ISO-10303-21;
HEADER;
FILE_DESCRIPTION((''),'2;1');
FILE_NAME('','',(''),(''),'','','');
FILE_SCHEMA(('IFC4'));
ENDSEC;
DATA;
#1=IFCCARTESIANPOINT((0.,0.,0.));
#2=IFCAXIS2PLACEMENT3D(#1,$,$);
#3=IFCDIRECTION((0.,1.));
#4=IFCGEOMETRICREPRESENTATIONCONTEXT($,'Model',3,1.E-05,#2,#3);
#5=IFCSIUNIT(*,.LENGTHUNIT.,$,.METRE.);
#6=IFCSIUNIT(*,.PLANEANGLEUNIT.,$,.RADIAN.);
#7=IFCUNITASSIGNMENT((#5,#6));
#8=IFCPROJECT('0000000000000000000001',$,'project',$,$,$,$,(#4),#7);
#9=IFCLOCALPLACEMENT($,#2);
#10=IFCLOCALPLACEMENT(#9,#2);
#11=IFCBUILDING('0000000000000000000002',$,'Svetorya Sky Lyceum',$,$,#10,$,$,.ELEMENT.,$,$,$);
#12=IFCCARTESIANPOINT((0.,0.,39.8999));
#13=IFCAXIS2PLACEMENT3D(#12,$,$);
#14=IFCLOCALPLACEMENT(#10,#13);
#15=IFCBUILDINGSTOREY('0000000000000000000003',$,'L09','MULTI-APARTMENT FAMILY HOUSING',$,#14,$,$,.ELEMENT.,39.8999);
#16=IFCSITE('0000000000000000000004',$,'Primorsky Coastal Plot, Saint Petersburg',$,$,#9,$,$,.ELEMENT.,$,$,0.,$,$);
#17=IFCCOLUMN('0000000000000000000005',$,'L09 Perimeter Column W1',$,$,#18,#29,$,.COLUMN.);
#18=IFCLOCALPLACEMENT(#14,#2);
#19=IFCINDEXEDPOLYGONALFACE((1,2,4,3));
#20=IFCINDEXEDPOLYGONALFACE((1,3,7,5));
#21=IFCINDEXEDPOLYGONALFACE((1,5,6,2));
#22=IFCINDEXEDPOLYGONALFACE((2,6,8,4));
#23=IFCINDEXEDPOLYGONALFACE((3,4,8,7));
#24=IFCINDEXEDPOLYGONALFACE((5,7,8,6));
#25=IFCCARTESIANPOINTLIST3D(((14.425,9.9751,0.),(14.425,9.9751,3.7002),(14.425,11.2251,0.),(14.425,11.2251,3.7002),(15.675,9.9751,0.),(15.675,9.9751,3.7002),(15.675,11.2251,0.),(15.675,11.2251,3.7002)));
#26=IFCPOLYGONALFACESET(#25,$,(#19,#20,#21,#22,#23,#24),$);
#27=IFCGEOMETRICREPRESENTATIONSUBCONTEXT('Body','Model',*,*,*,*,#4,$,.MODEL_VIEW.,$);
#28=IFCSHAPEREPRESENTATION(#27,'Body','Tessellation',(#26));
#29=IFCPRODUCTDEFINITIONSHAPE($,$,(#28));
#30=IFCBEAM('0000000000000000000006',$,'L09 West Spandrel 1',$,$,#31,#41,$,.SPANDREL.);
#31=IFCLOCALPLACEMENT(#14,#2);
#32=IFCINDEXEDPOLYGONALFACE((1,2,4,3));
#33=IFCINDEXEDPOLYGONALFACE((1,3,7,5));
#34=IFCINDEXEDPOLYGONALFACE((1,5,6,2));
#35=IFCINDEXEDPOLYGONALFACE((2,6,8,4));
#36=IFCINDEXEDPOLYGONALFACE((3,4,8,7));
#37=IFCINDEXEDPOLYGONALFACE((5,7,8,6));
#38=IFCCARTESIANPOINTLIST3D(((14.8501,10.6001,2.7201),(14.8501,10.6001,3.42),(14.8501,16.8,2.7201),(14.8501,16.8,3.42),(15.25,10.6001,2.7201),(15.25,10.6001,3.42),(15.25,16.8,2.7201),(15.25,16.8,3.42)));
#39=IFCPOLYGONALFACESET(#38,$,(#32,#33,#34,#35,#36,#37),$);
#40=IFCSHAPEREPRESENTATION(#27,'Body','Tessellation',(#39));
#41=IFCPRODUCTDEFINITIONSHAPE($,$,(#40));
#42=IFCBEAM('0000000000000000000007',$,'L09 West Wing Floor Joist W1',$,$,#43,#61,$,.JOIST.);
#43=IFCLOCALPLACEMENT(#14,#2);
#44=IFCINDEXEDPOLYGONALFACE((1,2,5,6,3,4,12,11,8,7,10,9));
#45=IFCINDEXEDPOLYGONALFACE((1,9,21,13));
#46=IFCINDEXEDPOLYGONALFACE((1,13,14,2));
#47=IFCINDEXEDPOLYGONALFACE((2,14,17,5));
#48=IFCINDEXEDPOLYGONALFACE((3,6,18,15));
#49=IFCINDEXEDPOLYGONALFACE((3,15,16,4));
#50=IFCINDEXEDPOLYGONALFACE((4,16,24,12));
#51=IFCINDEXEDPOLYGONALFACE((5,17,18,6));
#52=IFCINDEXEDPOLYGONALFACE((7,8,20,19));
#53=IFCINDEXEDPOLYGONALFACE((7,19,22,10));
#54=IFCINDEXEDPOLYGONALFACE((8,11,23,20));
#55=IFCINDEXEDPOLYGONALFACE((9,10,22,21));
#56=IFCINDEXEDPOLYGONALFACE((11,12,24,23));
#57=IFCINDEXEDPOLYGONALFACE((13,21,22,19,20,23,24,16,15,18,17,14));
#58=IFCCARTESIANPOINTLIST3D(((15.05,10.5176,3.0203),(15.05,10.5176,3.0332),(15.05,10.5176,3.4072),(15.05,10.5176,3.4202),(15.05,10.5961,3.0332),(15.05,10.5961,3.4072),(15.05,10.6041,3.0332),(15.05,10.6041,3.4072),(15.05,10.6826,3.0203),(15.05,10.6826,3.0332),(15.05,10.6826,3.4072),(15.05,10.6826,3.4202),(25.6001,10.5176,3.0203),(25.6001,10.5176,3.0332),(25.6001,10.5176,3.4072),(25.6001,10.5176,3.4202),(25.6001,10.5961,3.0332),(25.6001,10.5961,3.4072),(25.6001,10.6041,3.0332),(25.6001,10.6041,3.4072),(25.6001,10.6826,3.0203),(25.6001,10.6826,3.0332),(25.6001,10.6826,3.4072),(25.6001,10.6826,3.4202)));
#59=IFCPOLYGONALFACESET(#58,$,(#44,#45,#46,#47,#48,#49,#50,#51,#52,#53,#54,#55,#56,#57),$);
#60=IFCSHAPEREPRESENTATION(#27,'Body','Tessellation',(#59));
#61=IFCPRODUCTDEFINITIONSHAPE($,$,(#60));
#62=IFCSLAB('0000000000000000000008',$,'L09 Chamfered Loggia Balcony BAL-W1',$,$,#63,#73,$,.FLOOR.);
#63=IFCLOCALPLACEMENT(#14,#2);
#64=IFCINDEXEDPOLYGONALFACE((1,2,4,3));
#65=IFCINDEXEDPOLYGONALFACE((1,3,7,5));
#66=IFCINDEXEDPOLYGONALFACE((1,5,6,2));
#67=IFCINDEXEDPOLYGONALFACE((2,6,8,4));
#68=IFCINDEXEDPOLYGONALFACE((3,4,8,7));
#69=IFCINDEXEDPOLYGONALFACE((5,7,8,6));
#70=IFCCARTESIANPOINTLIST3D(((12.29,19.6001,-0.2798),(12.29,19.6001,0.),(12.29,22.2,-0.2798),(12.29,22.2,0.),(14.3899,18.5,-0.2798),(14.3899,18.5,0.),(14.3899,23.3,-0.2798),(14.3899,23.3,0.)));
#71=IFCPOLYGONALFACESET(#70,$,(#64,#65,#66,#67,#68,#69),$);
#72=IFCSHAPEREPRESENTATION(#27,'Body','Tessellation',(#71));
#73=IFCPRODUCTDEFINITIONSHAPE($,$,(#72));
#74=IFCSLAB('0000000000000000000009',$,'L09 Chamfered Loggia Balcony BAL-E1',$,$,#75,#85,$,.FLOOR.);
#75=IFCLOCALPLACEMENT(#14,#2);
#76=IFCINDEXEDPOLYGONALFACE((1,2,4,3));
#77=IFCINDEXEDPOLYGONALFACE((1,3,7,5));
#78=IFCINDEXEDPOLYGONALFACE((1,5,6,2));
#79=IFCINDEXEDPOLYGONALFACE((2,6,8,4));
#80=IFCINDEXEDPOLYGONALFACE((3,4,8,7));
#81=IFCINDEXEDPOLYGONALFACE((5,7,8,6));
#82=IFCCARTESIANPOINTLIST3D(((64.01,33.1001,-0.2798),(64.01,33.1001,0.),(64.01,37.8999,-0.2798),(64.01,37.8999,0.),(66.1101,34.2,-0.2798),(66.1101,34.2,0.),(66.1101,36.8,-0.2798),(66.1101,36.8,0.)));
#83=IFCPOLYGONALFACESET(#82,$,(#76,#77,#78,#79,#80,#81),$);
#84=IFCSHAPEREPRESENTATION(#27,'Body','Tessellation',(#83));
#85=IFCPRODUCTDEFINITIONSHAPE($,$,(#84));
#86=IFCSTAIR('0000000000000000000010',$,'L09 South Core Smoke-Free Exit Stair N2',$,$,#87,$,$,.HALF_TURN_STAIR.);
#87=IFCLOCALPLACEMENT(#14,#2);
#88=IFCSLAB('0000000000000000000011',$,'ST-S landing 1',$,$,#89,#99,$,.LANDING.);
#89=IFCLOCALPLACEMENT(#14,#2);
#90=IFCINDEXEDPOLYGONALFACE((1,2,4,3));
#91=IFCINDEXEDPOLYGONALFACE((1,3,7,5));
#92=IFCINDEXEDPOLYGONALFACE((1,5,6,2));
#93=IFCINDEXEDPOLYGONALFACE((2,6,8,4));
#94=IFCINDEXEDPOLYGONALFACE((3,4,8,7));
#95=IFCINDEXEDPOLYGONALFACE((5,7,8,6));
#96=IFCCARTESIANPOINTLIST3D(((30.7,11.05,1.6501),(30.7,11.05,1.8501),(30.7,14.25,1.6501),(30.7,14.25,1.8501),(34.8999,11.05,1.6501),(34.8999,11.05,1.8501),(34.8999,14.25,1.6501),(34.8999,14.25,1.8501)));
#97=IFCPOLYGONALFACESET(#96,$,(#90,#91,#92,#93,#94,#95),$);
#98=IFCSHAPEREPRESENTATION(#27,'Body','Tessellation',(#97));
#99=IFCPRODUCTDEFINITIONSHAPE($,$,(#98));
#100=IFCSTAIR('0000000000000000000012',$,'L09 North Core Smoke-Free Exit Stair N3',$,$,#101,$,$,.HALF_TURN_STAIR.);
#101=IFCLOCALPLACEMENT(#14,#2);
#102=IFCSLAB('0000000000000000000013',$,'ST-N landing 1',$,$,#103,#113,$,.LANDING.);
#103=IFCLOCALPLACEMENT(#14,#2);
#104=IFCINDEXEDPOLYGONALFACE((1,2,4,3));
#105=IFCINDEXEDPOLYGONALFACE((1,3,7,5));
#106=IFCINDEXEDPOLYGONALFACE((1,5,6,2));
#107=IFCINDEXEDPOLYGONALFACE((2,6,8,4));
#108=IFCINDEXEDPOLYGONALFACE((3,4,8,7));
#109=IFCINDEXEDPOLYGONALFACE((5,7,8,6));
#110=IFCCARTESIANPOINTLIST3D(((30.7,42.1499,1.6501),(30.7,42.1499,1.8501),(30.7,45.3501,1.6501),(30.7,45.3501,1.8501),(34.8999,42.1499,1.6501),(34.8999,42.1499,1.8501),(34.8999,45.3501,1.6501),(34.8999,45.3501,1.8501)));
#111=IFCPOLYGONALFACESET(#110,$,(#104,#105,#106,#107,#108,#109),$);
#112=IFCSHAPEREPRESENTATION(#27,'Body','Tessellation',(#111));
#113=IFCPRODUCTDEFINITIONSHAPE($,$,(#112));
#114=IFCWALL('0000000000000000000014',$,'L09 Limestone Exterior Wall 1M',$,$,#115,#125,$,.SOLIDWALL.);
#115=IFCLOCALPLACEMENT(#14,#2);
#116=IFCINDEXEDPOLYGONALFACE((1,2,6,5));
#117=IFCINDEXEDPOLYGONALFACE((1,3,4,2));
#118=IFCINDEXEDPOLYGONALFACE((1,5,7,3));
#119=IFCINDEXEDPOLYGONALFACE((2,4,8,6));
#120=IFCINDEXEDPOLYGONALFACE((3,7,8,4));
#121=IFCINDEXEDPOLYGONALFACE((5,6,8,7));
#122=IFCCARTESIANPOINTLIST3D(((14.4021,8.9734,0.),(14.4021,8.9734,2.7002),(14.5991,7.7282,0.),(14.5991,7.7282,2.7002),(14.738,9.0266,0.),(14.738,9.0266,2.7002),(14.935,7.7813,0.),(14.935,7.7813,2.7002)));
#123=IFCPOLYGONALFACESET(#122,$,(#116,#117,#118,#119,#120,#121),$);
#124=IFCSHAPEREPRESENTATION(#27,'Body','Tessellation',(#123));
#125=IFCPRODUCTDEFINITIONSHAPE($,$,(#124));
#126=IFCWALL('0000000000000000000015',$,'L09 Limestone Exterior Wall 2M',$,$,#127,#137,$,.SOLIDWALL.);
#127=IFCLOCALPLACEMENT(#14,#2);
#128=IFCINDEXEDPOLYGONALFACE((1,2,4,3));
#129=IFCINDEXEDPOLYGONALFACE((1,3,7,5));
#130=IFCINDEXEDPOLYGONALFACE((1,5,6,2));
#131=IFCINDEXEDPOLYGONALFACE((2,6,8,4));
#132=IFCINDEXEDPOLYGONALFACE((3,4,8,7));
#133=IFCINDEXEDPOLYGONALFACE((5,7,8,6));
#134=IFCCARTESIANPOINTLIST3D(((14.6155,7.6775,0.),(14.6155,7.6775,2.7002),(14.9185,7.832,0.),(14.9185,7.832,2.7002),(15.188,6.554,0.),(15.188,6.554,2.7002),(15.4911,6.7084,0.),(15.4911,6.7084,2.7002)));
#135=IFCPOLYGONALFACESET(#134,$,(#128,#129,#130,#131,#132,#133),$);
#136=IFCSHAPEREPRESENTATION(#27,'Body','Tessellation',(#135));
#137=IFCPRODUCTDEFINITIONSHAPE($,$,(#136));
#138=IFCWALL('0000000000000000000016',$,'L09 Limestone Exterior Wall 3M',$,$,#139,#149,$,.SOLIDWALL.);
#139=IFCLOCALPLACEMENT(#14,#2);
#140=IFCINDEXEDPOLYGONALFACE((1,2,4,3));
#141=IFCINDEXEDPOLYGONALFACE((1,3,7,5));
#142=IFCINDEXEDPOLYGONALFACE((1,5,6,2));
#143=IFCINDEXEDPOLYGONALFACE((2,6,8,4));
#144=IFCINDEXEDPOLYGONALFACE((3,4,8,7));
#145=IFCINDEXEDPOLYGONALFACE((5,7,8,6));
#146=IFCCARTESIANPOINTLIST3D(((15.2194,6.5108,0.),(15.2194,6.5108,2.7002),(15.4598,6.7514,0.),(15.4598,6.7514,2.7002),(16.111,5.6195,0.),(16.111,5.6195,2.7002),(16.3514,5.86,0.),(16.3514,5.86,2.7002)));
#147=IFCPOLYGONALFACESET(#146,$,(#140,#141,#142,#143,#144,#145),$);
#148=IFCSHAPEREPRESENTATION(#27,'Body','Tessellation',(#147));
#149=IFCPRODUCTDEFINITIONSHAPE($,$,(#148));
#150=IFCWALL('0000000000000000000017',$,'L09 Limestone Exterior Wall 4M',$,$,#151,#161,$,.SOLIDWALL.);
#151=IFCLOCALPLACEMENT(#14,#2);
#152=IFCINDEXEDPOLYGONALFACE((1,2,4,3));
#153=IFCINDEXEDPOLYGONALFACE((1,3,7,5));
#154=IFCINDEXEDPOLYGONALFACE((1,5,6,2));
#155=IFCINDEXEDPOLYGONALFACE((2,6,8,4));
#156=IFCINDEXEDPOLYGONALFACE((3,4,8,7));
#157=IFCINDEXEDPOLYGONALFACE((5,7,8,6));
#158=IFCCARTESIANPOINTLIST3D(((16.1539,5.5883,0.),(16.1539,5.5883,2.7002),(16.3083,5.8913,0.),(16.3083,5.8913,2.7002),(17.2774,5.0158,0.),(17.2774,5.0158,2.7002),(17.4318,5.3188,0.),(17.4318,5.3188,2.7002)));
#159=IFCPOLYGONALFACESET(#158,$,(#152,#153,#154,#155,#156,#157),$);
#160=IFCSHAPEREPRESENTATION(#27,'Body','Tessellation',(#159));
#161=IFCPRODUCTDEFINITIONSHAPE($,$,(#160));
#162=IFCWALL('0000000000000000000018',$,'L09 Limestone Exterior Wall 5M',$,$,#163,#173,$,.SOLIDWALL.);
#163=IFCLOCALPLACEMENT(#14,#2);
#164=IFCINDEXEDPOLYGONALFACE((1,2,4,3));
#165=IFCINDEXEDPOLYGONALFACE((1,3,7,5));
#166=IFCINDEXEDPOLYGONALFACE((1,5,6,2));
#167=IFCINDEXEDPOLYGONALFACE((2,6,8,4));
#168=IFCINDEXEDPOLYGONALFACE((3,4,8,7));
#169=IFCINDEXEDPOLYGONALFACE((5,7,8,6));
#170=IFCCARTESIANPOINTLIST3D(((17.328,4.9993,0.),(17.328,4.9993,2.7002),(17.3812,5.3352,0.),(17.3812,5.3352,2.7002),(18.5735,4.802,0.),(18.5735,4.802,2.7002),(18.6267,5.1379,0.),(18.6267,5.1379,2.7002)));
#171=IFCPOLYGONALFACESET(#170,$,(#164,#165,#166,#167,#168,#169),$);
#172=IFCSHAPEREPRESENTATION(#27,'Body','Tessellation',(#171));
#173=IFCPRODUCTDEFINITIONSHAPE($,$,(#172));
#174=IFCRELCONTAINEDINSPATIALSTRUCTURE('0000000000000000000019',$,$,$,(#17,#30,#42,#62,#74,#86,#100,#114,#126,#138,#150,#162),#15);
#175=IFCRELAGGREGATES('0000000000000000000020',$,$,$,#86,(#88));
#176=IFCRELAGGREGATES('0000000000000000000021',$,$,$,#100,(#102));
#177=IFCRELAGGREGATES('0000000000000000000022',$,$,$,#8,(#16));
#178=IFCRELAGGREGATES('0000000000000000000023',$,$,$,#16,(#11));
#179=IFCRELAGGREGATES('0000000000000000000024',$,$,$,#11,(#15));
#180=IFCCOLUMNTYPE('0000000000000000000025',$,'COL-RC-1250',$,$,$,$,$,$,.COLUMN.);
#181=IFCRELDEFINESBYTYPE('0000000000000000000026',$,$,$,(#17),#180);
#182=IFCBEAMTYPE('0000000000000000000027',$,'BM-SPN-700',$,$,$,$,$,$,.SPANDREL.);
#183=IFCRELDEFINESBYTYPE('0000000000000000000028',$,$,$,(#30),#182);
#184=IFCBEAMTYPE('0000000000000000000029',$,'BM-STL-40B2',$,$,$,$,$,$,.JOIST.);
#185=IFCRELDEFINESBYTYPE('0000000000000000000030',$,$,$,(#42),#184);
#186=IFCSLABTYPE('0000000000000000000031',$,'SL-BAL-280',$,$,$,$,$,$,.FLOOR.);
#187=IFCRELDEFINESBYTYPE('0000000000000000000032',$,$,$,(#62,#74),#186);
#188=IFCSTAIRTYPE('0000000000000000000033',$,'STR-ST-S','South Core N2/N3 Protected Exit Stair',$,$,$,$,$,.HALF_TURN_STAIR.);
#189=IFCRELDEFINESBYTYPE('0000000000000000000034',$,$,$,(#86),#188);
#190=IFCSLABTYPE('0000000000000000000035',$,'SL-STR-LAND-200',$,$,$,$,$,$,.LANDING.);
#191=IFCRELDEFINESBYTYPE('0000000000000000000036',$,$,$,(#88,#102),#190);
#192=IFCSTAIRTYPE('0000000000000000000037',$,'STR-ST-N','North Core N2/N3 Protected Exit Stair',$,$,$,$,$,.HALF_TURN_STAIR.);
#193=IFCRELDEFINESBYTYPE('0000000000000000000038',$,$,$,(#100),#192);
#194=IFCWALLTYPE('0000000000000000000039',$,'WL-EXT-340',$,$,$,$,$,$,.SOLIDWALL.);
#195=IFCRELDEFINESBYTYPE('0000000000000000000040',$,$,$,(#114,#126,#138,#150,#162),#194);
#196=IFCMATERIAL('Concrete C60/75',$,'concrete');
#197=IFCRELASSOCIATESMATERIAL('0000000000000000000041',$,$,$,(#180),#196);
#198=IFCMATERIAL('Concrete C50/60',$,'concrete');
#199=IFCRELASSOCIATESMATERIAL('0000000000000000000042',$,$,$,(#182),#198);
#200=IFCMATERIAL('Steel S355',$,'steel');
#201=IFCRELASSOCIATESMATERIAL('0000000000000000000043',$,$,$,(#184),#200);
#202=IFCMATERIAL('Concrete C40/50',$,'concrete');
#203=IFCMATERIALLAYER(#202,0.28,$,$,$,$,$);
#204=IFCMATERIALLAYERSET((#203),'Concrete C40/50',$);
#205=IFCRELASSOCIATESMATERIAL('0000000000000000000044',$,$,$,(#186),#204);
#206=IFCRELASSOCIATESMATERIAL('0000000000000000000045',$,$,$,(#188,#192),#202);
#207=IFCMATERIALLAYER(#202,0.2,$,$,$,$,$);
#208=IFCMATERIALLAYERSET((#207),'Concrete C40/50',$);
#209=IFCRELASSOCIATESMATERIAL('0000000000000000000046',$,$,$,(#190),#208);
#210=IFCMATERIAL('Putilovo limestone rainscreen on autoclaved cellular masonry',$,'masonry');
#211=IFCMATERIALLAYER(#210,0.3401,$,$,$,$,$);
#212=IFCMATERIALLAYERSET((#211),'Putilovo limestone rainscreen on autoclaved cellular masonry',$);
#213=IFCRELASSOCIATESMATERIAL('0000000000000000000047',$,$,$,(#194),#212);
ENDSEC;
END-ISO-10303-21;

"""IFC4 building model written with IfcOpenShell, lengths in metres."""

from ifc_helpers import new_model, si_unit, direction, frame, frame_2d, origin, origin_2d, place, context, subcontext, project, spatial, polyline, rectangle, i_section, outline, extrude, material, layer, layer_set, material_profile, profile_set, type_object, element, aggregate, save


model = new_model("IFC4")

# Units and contexts
model_context = context("Model", 3, precision=1e-05, world=origin(), true_north=direction((0.0, 1.0)))
body_context = subcontext(model_context, "Body", "Model", "MODEL_VIEW")
ifc_project = project(units=[si_unit("LENGTHUNIT", "METRE"), si_unit("PLANEANGLEUNIT", "RADIAN")], contexts=[model_context])

# Site, building, storey
site_placement = place(None, origin())
site = spatial("IfcSite", under=ifc_project, at=site_placement, Name="Primorsky Coastal Plot, Saint Petersburg", CompositionType="ELEMENT", RefElevation=0.0)
building_placement = place(site_placement, origin())
building = spatial("IfcBuilding", under=site, at=building_placement, Name="Svetorya Sky Lyceum", CompositionType="ELEMENT")
storey_placement = place(building_placement, frame((0.0, 0.0, 39.8999)))
storey = spatial("IfcBuildingStorey", under=building, at=storey_placement, Name="L09", Description="MULTI-APARTMENT FAMILY HOUSING", CompositionType="ELEMENT", Elevation=39.8999)

# Column
ifc_material_1 = material(Name="Concrete C60/75", Category="concrete")
ifc_material_profile_1 = material_profile(ifc_material_1, rectangle(XDim=1.25, YDim=1.25, at=origin_2d()), Name="RC COL 1250x1250")
ifc_profile_set_1 = profile_set([ifc_material_profile_1], Name="Concrete C60/75")
column_type = type_object("IfcColumnType", Name="COL-RC-1250", PredefinedType="COLUMN", material=ifc_profile_set_1)
column_placement = place(storey_placement, frame((15.05, 10.6001, 0.0), z_axis=(0.0, 0.0, 1.0), x_axis=(1.0, 0.0, 0.0)))
element("IfcColumn", 1, at=column_placement, inside=storey, type_object=column_type, Name="L09 Perimeter Column W1", PredefinedType="COLUMN", context=body_context, shape_type="SweptSolid", body=[
    extrude(rectangle(XDim=1.25, YDim=1.25, at=origin_2d()), origin(), (0.0, 0.0, 1.0), 3.7002),
])

# Beams
ifc_material_2 = material(Name="Concrete C50/60", Category="concrete")
ifc_material_profile_2 = material_profile(ifc_material_2, rectangle(XDim=0.3999, YDim=0.7, at=origin_2d()), Name="RC SPANDREL 400x700")
ifc_profile_set_2 = profile_set([ifc_material_profile_2], Name="Concrete C50/60")
beam_type_1 = type_object("IfcBeamType", Name="BM-SPN-700", PredefinedType="SPANDREL", material=ifc_profile_set_2)
beam_1_placement = place(storey_placement, frame((15.05, 10.6001, 3.0701), z_axis=(0.0, 1.0, 0.0), x_axis=(-1.0, 0.0, 0.0)))
element("IfcBeam", 2, at=beam_1_placement, inside=storey, type_object=beam_type_1, Name="L09 West Spandrel 1", PredefinedType="SPANDREL", context=body_context, shape_type="SweptSolid", body=[
    extrude(rectangle(XDim=0.3999, YDim=0.7, at=origin_2d()), origin(), (0.0, 0.0, 1.0), 6.2),
])
ifc_material_3 = material(Name="Steel S355", Category="steel")
ifc_material_profile_3 = material_profile(ifc_material_3, i_section(OverallWidth=0.165, OverallDepth=0.3999, WebThickness=0.0081, FlangeThickness=0.0129, at=origin_2d()), Name="GOST 40B2")
ifc_profile_set_3 = profile_set([ifc_material_profile_3], Name="Steel S355")
beam_type_2 = type_object("IfcBeamType", Name="BM-STL-40B2", PredefinedType="JOIST", material=ifc_profile_set_3)
beam_2_placement = place(storey_placement, frame((15.05, 10.6001, 3.2202), z_axis=(1.0, 0.0, 0.0), x_axis=(0.0, 1.0, 0.0)))
element("IfcBeam", 3, at=beam_2_placement, inside=storey, type_object=beam_type_2, Name="L09 West Wing Floor Joist W1", PredefinedType="JOIST", context=body_context, shape_type="SweptSolid", body=[
    extrude(i_section(OverallWidth=0.165, OverallDepth=0.3999, WebThickness=0.0081, FlangeThickness=0.0129, at=origin_2d()), origin(), (0.0, 0.0, 1.0), 10.55),
])

# Slabs
ifc_material_4 = material(Name="Concrete C40/50", Category="concrete")
ifc_layer_1 = layer(ifc_material_4, 0.28)
ifc_layer_set_1 = layer_set([ifc_layer_1], Name="Concrete C40/50")
slab_type_1 = type_object("IfcSlabType", Name="SL-BAL-280", PredefinedType="FLOOR", material=ifc_layer_set_1)
slab_1_placement = place(storey_placement, frame((0.0, 0.0, -0.2798)))
element("IfcSlab", 4, at=slab_1_placement, inside=storey, type_object=slab_type_1, Name="L09 Chamfered Loggia Balcony BAL-W1", PredefinedType="FLOOR", context=body_context, shape_type="SweptSolid", body=[
    extrude(outline(polyline([(14.3899, 18.5), (14.3899, 23.3), (12.29, 22.2), (12.29, 19.6001), (14.3899, 18.5)])), origin(), (0.0, 0.0, 1.0), 0.2798),
])
slab_2_placement = place(storey_placement, frame((0.0, 0.0, -0.2798)))
element("IfcSlab", 5, at=slab_2_placement, inside=storey, type_object=slab_type_1, Name="L09 Chamfered Loggia Balcony BAL-E1", PredefinedType="FLOOR", context=body_context, shape_type="SweptSolid", body=[
    extrude(outline(polyline([(64.01, 33.1001), (66.1101, 34.2), (66.1101, 36.8), (64.01, 37.8999), (64.01, 33.1001)])), origin(), (0.0, 0.0, 1.0), 0.2798),
])

# Stairs, slabs
stair_type_1 = type_object("IfcStairType", Name="STR-ST-S", Description="South Core N2/N3 Protected Exit Stair", PredefinedType="HALF_TURN_STAIR", material=ifc_material_4)
stair_1_placement = place(storey_placement, origin())
stair_1 = element("IfcStair", 6, at=stair_1_placement, inside=storey, type_object=stair_type_1, Name="L09 South Core Smoke-Free Exit Stair N2", PredefinedType="HALF_TURN_STAIR")
ifc_layer_2 = layer(ifc_material_4, 0.2)
ifc_layer_set_2 = layer_set([ifc_layer_2], Name="Concrete C40/50")
slab_type_2 = type_object("IfcSlabType", Name="SL-STR-LAND-200", PredefinedType="LANDING", material=ifc_layer_set_2)
slab_3_placement = place(storey_placement, frame((0.0, 0.0, 1.6501)))
slab_3 = element("IfcSlab", 7, at=slab_3_placement, type_object=slab_type_2, Name="ST-S landing 1", PredefinedType="LANDING", context=body_context, shape_type="SweptSolid", body=[
    extrude(outline(polyline([(30.7, 11.05), (34.8999, 11.05), (34.8999, 14.25), (30.7, 14.25), (30.7, 11.05)])), origin(), (0.0, 0.0, 1.0), 0.2),
])
aggregate(stair_1, [slab_3])
stair_type_2 = type_object("IfcStairType", Name="STR-ST-N", Description="North Core N2/N3 Protected Exit Stair", PredefinedType="HALF_TURN_STAIR", material=ifc_material_4)
stair_2_placement = place(storey_placement, origin())
stair_2 = element("IfcStair", 8, at=stair_2_placement, inside=storey, type_object=stair_type_2, Name="L09 North Core Smoke-Free Exit Stair N3", PredefinedType="HALF_TURN_STAIR")
slab_4_placement = place(storey_placement, frame((0.0, 0.0, 1.6501)))
slab_4 = element("IfcSlab", 9, at=slab_4_placement, type_object=slab_type_2, Name="ST-N landing 1", PredefinedType="LANDING", context=body_context, shape_type="SweptSolid", body=[
    extrude(outline(polyline([(30.7, 42.1499), (34.8999, 42.1499), (34.8999, 45.3501), (30.7, 45.3501), (30.7, 42.1499)])), origin(), (0.0, 0.0, 1.0), 0.2),
])
aggregate(stair_2, [slab_4])

# Walls
ifc_material_5 = material(Name="Putilovo limestone rainscreen on autoclaved cellular masonry", Category="masonry")
ifc_layer_3 = layer(ifc_material_5, 0.3401)
ifc_layer_set_3 = layer_set([ifc_layer_3], Name="Putilovo limestone rainscreen on autoclaved cellular masonry")
wall_type_1 = type_object("IfcWallType", Name="WL-EXT-340", PredefinedType="SOLIDWALL", material=ifc_layer_set_3)
wall_1_placement = place(storey_placement, frame((14.5701, 9.0, 0.0), z_axis=(0.0, 0.0, 1.0), x_axis=(0.156261, -0.987716, 0.0)))
element("IfcWall", 10, at=wall_1_placement, inside=storey, type_object=wall_type_1, Name="L09 Limestone Exterior Wall 1M", PredefinedType="SOLIDWALL", context=body_context, shape_type="SweptSolid", body=[
    extrude(rectangle(XDim=1.2607, YDim=0.3401, at=frame_2d((0.6304, 0.0))), origin(), (0.0, 0.0, 1.0), 2.7002),
])
wall_2_placement = place(storey_placement, frame((14.7671, 7.7546, 0.0), z_axis=(0.0, 0.0, 1.0), x_axis=(0.454016, -0.890994, 0.0)))
element("IfcWall", 11, at=wall_2_placement, inside=storey, type_object=wall_type_1, Name="L09 Limestone Exterior Wall 2M", PredefinedType="SOLIDWALL", context=body_context, shape_type="SweptSolid", body=[
    extrude(rectangle(XDim=1.261, YDim=0.3401, at=frame_2d((0.6304, 0.0))), origin(), (0.0, 0.0, 1.0), 2.7002),
])
wall_3_placement = place(storey_placement, frame((15.3396, 6.6311, 0.0), z_axis=(0.0, 0.0, 1.0), x_axis=(0.707204, -0.70701, 0.0)))
element("IfcWall", 12, at=wall_3_placement, inside=storey, type_object=wall_type_1, Name="L09 Limestone Exterior Wall 3M", PredefinedType="SOLIDWALL", context=body_context, shape_type="SweptSolid", body=[
    extrude(rectangle(XDim=1.2607, YDim=0.3401, at=frame_2d((0.6304, 0.0))), origin(), (0.0, 0.0, 1.0), 2.7002),
])
for number, where, z_axis, x_axis, name in (
    (13, (16.2312, 5.7397, 0.0), (0.0, 0.0, 1.0), (0.890994, -0.454016, 0.0), "L09 Limestone Exterior Wall 4M"),
    (14, (17.3547, 5.1672, 0.0), (0.0, 0.0, 1.0), (0.987686, -0.15645, 0.0), "L09 Limestone Exterior Wall 5M"),
):
    element("IfcWall", number, at=place(storey_placement, frame(where, z_axis=z_axis, x_axis=x_axis)), inside=storey, type_object=wall_type_1, Name=name, PredefinedType="SOLIDWALL", context=body_context, shape_type="SweptSolid", body=[
        extrude(rectangle(XDim=1.261, YDim=0.3401, at=frame_2d((0.6304, 0.0))), origin(), (0.0, 0.0, 1.0), 2.7002),
    ])

save(model, "model.ifc")
